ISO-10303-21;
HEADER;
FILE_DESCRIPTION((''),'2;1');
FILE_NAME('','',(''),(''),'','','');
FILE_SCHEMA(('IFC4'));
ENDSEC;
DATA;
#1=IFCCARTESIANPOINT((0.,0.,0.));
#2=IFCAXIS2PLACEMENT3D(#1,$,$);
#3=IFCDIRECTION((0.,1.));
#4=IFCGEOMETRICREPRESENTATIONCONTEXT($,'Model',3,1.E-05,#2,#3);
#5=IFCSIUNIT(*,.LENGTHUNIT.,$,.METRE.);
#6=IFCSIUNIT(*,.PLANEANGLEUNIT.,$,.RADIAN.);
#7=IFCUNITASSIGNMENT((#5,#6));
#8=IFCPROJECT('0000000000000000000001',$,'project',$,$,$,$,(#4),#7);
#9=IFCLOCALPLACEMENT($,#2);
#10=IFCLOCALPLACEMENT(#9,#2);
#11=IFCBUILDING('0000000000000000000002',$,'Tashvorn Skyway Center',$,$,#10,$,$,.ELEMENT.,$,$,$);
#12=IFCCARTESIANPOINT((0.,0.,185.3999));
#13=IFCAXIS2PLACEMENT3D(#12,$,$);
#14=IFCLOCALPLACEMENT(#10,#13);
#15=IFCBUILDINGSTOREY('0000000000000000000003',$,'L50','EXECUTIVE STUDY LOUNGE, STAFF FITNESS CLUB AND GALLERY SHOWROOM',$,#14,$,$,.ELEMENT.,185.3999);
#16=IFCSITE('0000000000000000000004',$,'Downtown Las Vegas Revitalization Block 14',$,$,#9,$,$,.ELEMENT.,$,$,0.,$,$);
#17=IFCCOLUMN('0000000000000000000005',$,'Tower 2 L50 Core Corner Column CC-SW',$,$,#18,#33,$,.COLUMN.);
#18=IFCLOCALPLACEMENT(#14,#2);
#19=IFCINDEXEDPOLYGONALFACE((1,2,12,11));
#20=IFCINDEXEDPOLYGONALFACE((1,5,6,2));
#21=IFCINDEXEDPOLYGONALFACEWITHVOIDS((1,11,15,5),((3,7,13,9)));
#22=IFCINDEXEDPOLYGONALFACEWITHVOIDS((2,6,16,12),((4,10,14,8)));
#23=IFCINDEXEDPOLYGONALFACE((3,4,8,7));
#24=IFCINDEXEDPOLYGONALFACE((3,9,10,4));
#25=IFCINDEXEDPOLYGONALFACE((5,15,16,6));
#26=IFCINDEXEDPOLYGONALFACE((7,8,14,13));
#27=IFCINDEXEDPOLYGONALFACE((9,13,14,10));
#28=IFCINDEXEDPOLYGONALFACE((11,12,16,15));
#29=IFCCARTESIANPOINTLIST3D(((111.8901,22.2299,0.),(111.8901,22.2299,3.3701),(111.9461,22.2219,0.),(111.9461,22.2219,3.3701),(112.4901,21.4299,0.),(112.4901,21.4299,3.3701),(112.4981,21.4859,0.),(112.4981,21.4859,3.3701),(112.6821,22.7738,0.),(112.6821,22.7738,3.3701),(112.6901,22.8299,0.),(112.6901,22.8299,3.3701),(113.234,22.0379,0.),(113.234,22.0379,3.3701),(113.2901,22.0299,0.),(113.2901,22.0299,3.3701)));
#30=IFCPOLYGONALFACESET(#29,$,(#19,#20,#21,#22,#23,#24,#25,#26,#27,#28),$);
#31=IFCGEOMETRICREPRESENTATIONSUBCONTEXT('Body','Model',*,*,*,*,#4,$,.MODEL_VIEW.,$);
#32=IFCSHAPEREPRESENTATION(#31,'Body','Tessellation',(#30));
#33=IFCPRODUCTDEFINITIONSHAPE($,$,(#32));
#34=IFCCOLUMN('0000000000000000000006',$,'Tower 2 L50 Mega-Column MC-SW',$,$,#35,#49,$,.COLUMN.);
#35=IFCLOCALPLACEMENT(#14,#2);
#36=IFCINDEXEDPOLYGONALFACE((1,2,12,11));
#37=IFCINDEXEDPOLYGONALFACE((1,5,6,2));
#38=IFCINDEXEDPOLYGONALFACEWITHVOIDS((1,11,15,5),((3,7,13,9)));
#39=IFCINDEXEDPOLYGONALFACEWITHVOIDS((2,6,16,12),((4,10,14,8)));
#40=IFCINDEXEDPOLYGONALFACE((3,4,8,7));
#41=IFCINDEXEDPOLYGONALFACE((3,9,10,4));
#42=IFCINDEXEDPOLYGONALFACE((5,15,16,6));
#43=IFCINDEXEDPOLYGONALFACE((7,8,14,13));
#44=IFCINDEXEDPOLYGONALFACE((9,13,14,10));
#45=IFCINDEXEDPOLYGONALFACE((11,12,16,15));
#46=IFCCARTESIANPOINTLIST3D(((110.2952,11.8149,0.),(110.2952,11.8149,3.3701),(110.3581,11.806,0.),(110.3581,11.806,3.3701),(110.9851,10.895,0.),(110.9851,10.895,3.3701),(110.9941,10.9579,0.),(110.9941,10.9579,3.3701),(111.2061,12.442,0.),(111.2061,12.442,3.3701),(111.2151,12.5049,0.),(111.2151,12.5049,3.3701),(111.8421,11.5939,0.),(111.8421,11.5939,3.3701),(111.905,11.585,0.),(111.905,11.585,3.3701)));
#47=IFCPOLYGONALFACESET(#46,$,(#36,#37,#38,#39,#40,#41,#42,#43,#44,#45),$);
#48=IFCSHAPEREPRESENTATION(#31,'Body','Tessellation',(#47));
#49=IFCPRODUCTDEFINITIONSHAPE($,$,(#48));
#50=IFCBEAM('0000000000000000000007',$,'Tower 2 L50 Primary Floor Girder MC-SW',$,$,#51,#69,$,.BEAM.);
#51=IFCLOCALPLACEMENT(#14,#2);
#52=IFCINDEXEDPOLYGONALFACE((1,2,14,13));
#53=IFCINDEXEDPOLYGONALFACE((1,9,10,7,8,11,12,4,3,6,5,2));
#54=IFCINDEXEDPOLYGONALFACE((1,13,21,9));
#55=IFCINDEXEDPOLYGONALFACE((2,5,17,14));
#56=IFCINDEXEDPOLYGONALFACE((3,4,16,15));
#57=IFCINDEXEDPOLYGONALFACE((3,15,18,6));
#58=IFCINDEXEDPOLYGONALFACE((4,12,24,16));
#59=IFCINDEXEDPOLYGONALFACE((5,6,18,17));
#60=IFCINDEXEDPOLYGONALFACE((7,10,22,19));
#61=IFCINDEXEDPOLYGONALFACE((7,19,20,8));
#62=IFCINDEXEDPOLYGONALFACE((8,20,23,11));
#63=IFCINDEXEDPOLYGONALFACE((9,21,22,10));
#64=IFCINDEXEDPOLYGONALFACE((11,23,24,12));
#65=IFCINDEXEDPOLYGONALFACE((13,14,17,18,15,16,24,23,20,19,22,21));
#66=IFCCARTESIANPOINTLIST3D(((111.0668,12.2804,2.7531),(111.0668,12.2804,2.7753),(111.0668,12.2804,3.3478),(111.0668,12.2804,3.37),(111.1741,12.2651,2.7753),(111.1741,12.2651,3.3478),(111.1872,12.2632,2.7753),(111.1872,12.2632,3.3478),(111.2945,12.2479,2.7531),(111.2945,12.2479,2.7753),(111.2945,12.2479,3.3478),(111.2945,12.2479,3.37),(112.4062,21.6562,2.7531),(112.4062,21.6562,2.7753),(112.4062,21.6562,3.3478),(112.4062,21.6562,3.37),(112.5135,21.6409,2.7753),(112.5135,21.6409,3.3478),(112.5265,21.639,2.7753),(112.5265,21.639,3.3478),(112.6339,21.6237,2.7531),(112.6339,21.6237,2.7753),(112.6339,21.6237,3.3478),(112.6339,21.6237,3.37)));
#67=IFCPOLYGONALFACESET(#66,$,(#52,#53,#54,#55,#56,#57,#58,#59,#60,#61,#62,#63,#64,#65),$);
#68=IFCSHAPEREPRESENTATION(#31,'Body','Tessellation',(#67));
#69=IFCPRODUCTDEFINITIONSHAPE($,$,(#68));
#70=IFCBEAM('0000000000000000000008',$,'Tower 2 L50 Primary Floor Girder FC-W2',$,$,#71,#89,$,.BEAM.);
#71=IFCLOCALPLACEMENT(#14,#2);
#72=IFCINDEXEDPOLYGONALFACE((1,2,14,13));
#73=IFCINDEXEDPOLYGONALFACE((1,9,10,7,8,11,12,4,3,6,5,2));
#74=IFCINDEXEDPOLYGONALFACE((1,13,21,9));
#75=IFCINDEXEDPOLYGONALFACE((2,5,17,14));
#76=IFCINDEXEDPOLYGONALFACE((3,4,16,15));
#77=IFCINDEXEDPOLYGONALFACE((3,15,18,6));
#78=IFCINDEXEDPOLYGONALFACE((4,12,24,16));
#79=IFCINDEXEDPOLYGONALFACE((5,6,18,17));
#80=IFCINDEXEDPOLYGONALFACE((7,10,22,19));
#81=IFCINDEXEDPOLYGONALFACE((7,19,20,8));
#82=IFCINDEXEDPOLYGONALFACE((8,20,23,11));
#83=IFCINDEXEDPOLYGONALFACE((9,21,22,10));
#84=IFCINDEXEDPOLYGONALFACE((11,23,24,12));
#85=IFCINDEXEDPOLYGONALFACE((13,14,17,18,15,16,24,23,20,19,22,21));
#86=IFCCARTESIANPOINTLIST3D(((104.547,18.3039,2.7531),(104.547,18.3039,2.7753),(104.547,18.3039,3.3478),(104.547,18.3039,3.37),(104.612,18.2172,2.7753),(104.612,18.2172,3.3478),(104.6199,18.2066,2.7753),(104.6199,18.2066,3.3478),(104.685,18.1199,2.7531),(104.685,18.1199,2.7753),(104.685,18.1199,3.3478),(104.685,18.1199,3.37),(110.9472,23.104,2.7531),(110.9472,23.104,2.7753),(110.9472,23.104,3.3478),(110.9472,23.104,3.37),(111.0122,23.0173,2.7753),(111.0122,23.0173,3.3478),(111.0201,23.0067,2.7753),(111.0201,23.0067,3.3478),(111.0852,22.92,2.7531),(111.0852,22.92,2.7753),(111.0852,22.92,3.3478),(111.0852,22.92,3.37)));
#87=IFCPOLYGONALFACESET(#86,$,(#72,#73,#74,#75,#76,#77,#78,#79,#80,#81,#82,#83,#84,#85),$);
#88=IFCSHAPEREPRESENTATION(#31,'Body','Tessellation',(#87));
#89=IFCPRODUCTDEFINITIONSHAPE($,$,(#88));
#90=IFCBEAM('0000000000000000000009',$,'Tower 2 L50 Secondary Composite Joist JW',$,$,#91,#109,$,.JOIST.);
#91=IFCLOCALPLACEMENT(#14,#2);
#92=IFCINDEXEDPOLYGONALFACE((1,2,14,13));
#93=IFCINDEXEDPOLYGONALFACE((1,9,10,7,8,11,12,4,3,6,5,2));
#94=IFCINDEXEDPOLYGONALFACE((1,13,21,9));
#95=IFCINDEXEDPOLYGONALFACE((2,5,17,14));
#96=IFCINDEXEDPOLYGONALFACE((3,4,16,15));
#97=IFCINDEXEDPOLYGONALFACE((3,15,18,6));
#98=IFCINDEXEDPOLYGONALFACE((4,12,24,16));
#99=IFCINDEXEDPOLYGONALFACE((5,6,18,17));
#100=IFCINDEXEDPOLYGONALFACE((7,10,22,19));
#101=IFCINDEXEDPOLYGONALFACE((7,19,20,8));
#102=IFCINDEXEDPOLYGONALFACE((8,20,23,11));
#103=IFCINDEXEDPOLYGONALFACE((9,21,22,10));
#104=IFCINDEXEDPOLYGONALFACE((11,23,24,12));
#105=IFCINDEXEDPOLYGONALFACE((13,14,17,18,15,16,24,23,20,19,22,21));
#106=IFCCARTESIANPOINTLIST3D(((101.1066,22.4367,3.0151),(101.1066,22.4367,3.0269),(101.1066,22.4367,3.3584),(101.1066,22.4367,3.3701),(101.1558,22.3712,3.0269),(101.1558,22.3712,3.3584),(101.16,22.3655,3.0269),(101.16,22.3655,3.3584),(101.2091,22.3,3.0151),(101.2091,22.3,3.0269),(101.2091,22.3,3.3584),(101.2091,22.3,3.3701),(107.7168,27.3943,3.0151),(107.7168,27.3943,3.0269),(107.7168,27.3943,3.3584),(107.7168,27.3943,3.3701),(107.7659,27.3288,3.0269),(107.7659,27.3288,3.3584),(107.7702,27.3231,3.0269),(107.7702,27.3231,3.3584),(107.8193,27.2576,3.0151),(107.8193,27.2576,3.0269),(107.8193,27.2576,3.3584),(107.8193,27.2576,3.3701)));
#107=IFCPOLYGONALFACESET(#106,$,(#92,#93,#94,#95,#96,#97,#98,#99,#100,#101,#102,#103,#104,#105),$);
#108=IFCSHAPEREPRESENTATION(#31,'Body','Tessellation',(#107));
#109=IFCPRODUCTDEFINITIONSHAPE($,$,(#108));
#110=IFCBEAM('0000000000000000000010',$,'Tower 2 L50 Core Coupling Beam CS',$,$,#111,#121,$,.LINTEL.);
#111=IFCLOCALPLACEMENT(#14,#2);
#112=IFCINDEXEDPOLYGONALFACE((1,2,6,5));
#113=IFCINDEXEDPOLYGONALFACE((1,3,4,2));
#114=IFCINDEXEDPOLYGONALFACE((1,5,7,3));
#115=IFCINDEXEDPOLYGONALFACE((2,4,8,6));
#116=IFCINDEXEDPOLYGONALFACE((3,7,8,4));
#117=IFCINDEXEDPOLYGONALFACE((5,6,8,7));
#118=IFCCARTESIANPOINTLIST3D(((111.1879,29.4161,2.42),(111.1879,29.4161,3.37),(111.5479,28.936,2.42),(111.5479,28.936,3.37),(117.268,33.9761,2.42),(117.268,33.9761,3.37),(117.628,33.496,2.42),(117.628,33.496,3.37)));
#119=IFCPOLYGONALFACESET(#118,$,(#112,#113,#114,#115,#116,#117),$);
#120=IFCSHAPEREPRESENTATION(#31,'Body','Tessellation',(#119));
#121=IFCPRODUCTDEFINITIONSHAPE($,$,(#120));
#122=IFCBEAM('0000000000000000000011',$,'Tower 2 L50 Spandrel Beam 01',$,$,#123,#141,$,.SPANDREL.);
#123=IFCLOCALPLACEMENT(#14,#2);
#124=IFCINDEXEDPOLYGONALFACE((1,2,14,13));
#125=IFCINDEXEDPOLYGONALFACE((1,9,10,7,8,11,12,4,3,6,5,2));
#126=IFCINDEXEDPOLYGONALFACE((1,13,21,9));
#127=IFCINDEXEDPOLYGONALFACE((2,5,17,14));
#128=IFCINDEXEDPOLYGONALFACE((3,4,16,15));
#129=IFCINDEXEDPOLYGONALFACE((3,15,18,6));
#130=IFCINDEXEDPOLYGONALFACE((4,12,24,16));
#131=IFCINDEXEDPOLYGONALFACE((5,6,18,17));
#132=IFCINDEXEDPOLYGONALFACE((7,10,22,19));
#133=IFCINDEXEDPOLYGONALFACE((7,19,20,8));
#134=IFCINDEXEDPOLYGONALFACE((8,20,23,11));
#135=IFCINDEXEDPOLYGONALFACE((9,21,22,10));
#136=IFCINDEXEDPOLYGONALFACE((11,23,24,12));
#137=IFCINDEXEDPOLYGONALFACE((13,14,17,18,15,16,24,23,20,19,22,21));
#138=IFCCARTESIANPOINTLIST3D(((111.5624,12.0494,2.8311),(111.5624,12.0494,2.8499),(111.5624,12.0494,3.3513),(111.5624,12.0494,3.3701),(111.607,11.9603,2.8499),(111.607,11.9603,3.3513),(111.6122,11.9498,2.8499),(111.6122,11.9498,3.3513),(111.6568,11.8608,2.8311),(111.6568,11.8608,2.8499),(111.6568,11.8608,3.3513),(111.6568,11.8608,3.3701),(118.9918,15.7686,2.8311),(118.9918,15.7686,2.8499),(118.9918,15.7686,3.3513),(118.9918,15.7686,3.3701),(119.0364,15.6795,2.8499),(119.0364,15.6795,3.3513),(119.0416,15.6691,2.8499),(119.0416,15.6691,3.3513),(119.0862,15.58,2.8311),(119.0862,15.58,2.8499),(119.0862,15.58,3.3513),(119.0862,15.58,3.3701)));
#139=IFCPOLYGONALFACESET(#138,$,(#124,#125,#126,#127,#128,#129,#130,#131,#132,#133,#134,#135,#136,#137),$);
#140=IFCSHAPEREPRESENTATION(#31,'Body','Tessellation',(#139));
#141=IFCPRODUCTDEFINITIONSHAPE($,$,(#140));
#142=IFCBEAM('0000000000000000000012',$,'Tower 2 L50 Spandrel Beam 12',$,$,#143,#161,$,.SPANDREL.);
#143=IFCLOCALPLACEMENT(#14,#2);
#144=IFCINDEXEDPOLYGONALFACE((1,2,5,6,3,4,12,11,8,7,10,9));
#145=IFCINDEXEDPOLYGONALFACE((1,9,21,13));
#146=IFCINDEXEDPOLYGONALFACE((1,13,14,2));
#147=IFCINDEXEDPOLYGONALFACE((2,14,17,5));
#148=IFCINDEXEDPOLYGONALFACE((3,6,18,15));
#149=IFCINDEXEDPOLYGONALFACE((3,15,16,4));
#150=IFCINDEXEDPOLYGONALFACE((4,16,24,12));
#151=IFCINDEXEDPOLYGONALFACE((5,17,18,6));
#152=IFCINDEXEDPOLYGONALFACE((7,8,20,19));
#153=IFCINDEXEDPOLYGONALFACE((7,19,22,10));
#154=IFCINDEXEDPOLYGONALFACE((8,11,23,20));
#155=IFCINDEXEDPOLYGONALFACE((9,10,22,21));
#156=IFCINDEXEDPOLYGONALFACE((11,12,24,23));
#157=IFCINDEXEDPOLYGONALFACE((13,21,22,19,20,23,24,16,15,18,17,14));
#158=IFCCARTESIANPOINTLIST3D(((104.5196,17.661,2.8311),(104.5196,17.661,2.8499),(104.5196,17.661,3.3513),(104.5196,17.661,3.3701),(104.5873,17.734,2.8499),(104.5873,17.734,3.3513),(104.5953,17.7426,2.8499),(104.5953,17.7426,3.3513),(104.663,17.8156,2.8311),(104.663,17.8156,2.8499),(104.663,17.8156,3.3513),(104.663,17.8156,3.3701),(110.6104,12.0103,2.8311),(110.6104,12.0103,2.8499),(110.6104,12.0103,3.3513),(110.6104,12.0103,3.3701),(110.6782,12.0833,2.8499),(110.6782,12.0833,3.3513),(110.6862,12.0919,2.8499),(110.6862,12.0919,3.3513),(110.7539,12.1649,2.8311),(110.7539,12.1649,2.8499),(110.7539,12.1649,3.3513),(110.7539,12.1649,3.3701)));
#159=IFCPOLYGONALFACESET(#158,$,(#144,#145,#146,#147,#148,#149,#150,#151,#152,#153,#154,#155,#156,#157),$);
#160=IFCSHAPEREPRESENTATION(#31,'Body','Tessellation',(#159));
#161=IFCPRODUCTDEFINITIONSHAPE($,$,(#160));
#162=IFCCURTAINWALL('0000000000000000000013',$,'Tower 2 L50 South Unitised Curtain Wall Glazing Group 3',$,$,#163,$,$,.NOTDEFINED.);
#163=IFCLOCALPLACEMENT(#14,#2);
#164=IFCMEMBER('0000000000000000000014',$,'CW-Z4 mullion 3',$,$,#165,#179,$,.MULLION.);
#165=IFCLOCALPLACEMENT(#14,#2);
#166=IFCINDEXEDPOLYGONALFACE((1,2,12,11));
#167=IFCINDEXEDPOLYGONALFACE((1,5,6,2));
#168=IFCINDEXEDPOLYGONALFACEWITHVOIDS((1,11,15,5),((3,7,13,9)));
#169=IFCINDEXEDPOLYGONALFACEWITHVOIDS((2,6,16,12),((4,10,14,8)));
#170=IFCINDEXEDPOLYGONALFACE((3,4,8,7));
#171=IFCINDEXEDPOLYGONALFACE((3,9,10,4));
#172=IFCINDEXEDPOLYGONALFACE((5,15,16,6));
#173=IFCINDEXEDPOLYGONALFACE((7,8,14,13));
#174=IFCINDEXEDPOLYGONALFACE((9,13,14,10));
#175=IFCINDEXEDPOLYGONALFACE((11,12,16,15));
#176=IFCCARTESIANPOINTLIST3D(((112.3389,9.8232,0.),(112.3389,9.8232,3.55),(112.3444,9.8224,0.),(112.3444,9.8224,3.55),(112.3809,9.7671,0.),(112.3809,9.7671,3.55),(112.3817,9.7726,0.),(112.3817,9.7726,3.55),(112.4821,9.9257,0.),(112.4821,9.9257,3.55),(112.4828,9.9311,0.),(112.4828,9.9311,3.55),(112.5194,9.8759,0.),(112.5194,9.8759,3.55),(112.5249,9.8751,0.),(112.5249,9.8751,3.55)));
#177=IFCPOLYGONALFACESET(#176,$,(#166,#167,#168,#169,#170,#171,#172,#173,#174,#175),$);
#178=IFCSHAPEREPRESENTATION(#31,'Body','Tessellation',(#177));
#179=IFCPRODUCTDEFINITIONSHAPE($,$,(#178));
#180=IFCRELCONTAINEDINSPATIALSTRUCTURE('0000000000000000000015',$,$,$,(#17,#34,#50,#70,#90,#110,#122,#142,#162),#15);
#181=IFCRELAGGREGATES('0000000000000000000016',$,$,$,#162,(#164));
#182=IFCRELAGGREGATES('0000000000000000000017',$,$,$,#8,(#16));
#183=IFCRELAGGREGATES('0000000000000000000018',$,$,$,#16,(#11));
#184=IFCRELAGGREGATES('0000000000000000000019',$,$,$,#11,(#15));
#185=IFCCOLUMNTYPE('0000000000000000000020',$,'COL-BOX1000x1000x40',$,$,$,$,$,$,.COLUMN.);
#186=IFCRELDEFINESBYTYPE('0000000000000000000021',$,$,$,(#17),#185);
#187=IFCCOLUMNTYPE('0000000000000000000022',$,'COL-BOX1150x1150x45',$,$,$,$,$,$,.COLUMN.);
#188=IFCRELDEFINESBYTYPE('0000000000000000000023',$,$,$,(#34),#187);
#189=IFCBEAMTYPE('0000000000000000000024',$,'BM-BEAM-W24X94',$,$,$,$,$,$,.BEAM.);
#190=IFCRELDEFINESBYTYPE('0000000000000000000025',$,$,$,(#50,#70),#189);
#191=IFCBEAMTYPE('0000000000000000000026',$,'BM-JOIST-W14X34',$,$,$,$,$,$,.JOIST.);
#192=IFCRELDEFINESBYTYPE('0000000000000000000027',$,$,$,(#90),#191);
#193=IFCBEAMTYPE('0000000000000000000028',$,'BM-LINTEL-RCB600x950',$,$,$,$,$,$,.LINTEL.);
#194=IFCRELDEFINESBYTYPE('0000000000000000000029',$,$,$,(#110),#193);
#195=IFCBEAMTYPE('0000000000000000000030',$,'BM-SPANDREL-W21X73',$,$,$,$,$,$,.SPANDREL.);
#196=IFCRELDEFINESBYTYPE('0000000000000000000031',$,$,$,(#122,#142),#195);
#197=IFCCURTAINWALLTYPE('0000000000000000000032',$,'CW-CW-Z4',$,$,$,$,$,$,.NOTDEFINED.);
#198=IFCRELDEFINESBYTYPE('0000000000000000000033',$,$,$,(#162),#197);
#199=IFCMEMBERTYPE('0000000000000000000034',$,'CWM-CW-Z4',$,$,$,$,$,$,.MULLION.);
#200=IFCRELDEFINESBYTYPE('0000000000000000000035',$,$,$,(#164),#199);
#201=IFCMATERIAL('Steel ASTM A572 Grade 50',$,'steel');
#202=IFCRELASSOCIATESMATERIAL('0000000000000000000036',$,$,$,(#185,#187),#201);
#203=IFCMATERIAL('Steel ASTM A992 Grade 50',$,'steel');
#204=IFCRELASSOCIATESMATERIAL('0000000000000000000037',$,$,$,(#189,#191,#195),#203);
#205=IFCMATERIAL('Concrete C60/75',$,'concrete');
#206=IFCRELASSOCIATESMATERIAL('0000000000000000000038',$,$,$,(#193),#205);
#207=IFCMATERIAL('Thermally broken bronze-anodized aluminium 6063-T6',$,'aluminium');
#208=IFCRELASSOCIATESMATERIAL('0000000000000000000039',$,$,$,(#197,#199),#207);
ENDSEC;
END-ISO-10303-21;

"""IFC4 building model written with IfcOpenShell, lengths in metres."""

from ifc_helpers import new_model, si_unit, direction, frame, origin, origin_2d, place, context, subcontext, project, spatial, rectangle, hollow_rectangle, i_section, extrude, material, material_profile, profile_set, type_object, element, aggregate, save


model = new_model("IFC4")

# Units and contexts
model_context = context("Model", 3, precision=1e-05, world=origin(), true_north=direction((0.0, 1.0)))
body_context = subcontext(model_context, "Body", "Model", "MODEL_VIEW")
ifc_project = project(units=[si_unit("LENGTHUNIT", "METRE"), si_unit("PLANEANGLEUNIT", "RADIAN")], contexts=[model_context])

# Site, building, storey
site_placement = place(None, origin())
site = spatial("IfcSite", under=ifc_project, at=site_placement, Name="Downtown Las Vegas Revitalization Block 14", CompositionType="ELEMENT", RefElevation=0.0)
building_placement = place(site_placement, origin())
building = spatial("IfcBuilding", under=site, at=building_placement, Name="Tashvorn Skyway Center", CompositionType="ELEMENT")
storey_placement = place(building_placement, frame((0.0, 0.0, 185.3999)))
storey = spatial("IfcBuildingStorey", under=building, at=storey_placement, Name="L50", Description="EXECUTIVE STUDY LOUNGE, STAFF FITNESS CLUB AND GALLERY SHOWROOM", CompositionType="ELEMENT", Elevation=185.3999)

# Columns
ifc_material_1 = material(Name="Steel ASTM A572 Grade 50", Category="steel")
ifc_material_profile_1 = material_profile(ifc_material_1, hollow_rectangle(XDim=1.0, YDim=1.0, WallThickness=0.04, at=origin_2d()), Name="BOX1000x1000x40")
ifc_profile_set_1 = profile_set([ifc_material_profile_1], Name="Steel ASTM A572 Grade 50")
column_type_1 = type_object("IfcColumnType", Name="COL-BOX1000x1000x40", PredefinedType="COLUMN", material=ifc_profile_set_1)
column_1_placement = place(storey_placement, frame((112.5901, 22.1299, 0.0), z_axis=(0.0, 0.0, 1.0), x_axis=(0.8, 0.6, 0.0)))
element("IfcColumn", 1, at=column_1_placement, inside=storey, type_object=column_type_1, Name="Tower 2 L50 Core Corner Column CC-SW", PredefinedType="COLUMN", context=body_context, shape_type="SweptSolid", body=[
    extrude(hollow_rectangle(XDim=1.0, YDim=1.0, WallThickness=0.04, at=origin_2d()), origin(), (0.0, 0.0, 1.0), 3.3701),
])
ifc_material_profile_2 = material_profile(ifc_material_1, hollow_rectangle(XDim=1.1499, YDim=1.1499, WallThickness=0.0449, at=origin_2d()), Name="BOX1150x1150x45")
ifc_profile_set_2 = profile_set([ifc_material_profile_2], Name="Steel ASTM A572 Grade 50")
column_type_2 = type_object("IfcColumnType", Name="COL-BOX1150x1150x45", PredefinedType="COLUMN", material=ifc_profile_set_2)
column_2_placement = place(storey_placement, frame((111.1001, 11.7, 0.0), z_axis=(0.0, 0.0, 1.0), x_axis=(0.8, 0.6, 0.0)))
element("IfcColumn", 2, at=column_2_placement, inside=storey, type_object=column_type_2, Name="Tower 2 L50 Mega-Column MC-SW", PredefinedType="COLUMN", context=body_context, shape_type="SweptSolid", body=[
    extrude(hollow_rectangle(XDim=1.1499, YDim=1.1499, WallThickness=0.0449, at=origin_2d()), origin(), (0.0, 0.0, 1.0), 3.3701),
])

# Beams
ifc_material_2 = material(Name="Steel ASTM A992 Grade 50", Category="steel")
ifc_material_profile_3 = material_profile(ifc_material_2, i_section(OverallWidth=0.23, OverallDepth=0.6169, WebThickness=0.0132, FlangeThickness=0.0222, at=origin_2d()), Name="W24X94")
ifc_profile_set_3 = profile_set([ifc_material_profile_3], Name="Steel ASTM A992 Grade 50")
beam_type_1 = type_object("IfcBeamType", Name="BM-BEAM-W24X94", PredefinedType="BEAM", material=ifc_profile_set_3)
beam_1_placement = place(storey_placement, frame((111.1807, 12.2642, 3.0615), z_axis=(0.141418, 0.98995, 0.0), x_axis=(-0.98995, 0.141418, 0.0)))
element("IfcBeam", 3, at=beam_1_placement, inside=storey, type_object=beam_type_1, Name="Tower 2 L50 Primary Floor Girder MC-SW", PredefinedType="BEAM", context=body_context, shape_type="SweptSolid", body=[
    extrude(i_section(OverallWidth=0.23, OverallDepth=0.6169, WebThickness=0.0132, FlangeThickness=0.0222, at=origin_2d()), origin(), (0.0, 0.0, 1.0), 9.4709),
])
beam_2_placement = place(storey_placement, frame((104.616, 18.2119, 3.0615), z_axis=(0.800004, 0.599995, 0.0), x_axis=(-0.599995, 0.800004, 0.0)))
element("IfcBeam", 4, at=beam_2_placement, inside=storey, type_object=beam_type_1, Name="Tower 2 L50 Primary Floor Girder FC-W2", PredefinedType="BEAM", context=body_context, shape_type="SweptSolid", body=[
    extrude(i_section(OverallWidth=0.23, OverallDepth=0.6169, WebThickness=0.0132, FlangeThickness=0.0222, at=origin_2d()), origin(), (0.0, 0.0, 1.0), 8.0002),
])
ifc_material_profile_4 = material_profile(ifc_material_2, i_section(OverallWidth=0.1709, OverallDepth=0.355, WebThickness=0.0071, FlangeThickness=0.0117, at=origin_2d()), Name="W14X34")
ifc_profile_set_4 = profile_set([ifc_material_profile_4], Name="Steel ASTM A992 Grade 50")
beam_type_2 = type_object("IfcBeamType", Name="BM-JOIST-W14X34", PredefinedType="JOIST", material=ifc_profile_set_4)
beam_3_placement = place(storey_placement, frame((107.7681, 27.3259, 3.1926), z_axis=(-0.800004, -0.599995, 0.0), x_axis=(0.599995, -0.800004, 0.0)))
element("IfcBeam", 5, at=beam_3_placement, inside=storey, type_object=beam_type_2, Name="Tower 2 L50 Secondary Composite Joist JW", PredefinedType="JOIST", context=body_context, shape_type="SweptSolid", body=[
    extrude(i_section(OverallWidth=0.1709, OverallDepth=0.355, WebThickness=0.0071, FlangeThickness=0.0117, at=origin_2d()), origin(), (0.0, 0.0, 1.0), 8.2627),
])
ifc_material_3 = material(Name="Concrete C60/75", Category="concrete")
ifc_material_profile_5 = material_profile(ifc_material_3, rectangle(XDim=0.6001, YDim=0.95, at=origin_2d()), Name="RCB600x950")
ifc_profile_set_5 = profile_set([ifc_material_profile_5], Name="Concrete C60/75")
beam_type_3 = type_object("IfcBeamType", Name="BM-LINTEL-RCB600x950", PredefinedType="LINTEL", material=ifc_profile_set_5)
beam_4_placement = place(storey_placement, frame((111.3679, 29.176, 2.895), z_axis=(0.8, 0.6, 0.0), x_axis=(-0.6, 0.8, 0.0)))
element("IfcBeam", 6, at=beam_4_placement, inside=storey, type_object=beam_type_3, Name="Tower 2 L50 Core Coupling Beam CS", PredefinedType="LINTEL", context=body_context, shape_type="SweptSolid", body=[
    extrude(rectangle(XDim=0.6001, YDim=0.95, at=origin_2d()), origin(), (0.0, 0.0, 1.0), 7.6001),
])
ifc_material_profile_6 = material_profile(ifc_material_2, i_section(OverallWidth=0.2109, OverallDepth=0.5391, WebThickness=0.0117, FlangeThickness=0.0188, at=origin_2d()), Name="W21X73")
ifc_profile_set_6 = profile_set([ifc_material_profile_6], Name="Steel ASTM A992 Grade 50")
beam_type_4 = type_object("IfcBeamType", Name="BM-SPANDREL-W21X73", PredefinedType="SPANDREL", material=ifc_profile_set_6)
for number, where, z_axis, x_axis, name in (
    (7, (111.6096, 11.9551, 3.1006), (0.89421, 0.447648, 0.0), (-0.447648, 0.89421, 0.0), "Tower 2 L50 Spandrel Beam 01"),
    (8, (104.5913, 17.7383, 3.1006), (0.733101, -0.68012, 0.0), (0.68012, 0.733101, 0.0), "Tower 2 L50 Spandrel Beam 12"),
):
    element("IfcBeam", number, at=place(storey_placement, frame(where, z_axis=z_axis, x_axis=x_axis)), inside=storey, type_object=beam_type_4, Name=name, PredefinedType="SPANDREL", context=body_context, shape_type="SweptSolid", body=[
        extrude(i_section(OverallWidth=0.2109, OverallDepth=0.5391, WebThickness=0.0117, FlangeThickness=0.0188, at=origin_2d()), origin(), (0.0, 0.0, 1.0), 8.3083),
    ])

# Curtain wall, member
ifc_material_4 = material(Name="Thermally broken bronze-anodized aluminium 6063-T6", Category="aluminium")
curtain_wall_type = type_object("IfcCurtainWallType", Name="CW-CW-Z4", PredefinedType="NOTDEFINED", material=ifc_material_4)
curtain_wall_1_placement = place(storey_placement, origin())
curtain_wall_1 = element("IfcCurtainWall", 9, at=curtain_wall_1_placement, inside=storey, type_object=curtain_wall_type, Name="Tower 2 L50 South Unitised Curtain Wall Glazing Group 3", PredefinedType="NOTDEFINED")
ifc_material_profile_7 = material_profile(ifc_material_4, hollow_rectangle(XDim=0.0701, YDim=0.1799, WallThickness=0.0039, at=origin_2d()), Name="ALU-MULL-70x180")
ifc_profile_set_7 = profile_set([ifc_material_profile_7], Name="Thermally broken bronze-anodized aluminium 6063-T6")
member_type_1 = type_object("IfcMemberType", Name="CWM-CW-Z4", PredefinedType="MULLION", material=ifc_profile_set_7)
member_1_placement = place(storey_placement, frame((112.4319, 9.8491, 0.0), z_axis=(0.0, 0.0, 1.0), x_axis=(0.6, -0.8, 0.0)))
member_1 = element("IfcMember", 10, at=member_1_placement, type_object=member_type_1, Name="CW-Z4 mullion 3", PredefinedType="MULLION", context=body_context, shape_type="SweptSolid", body=[
    extrude(hollow_rectangle(XDim=0.0701, YDim=0.1799, WallThickness=0.0039, at=origin_2d()), origin(), (0.0, 0.0, 1.0), 3.55),
])

aggregate(curtain_wall_1, [member_1])

save(model, "model.ifc")
